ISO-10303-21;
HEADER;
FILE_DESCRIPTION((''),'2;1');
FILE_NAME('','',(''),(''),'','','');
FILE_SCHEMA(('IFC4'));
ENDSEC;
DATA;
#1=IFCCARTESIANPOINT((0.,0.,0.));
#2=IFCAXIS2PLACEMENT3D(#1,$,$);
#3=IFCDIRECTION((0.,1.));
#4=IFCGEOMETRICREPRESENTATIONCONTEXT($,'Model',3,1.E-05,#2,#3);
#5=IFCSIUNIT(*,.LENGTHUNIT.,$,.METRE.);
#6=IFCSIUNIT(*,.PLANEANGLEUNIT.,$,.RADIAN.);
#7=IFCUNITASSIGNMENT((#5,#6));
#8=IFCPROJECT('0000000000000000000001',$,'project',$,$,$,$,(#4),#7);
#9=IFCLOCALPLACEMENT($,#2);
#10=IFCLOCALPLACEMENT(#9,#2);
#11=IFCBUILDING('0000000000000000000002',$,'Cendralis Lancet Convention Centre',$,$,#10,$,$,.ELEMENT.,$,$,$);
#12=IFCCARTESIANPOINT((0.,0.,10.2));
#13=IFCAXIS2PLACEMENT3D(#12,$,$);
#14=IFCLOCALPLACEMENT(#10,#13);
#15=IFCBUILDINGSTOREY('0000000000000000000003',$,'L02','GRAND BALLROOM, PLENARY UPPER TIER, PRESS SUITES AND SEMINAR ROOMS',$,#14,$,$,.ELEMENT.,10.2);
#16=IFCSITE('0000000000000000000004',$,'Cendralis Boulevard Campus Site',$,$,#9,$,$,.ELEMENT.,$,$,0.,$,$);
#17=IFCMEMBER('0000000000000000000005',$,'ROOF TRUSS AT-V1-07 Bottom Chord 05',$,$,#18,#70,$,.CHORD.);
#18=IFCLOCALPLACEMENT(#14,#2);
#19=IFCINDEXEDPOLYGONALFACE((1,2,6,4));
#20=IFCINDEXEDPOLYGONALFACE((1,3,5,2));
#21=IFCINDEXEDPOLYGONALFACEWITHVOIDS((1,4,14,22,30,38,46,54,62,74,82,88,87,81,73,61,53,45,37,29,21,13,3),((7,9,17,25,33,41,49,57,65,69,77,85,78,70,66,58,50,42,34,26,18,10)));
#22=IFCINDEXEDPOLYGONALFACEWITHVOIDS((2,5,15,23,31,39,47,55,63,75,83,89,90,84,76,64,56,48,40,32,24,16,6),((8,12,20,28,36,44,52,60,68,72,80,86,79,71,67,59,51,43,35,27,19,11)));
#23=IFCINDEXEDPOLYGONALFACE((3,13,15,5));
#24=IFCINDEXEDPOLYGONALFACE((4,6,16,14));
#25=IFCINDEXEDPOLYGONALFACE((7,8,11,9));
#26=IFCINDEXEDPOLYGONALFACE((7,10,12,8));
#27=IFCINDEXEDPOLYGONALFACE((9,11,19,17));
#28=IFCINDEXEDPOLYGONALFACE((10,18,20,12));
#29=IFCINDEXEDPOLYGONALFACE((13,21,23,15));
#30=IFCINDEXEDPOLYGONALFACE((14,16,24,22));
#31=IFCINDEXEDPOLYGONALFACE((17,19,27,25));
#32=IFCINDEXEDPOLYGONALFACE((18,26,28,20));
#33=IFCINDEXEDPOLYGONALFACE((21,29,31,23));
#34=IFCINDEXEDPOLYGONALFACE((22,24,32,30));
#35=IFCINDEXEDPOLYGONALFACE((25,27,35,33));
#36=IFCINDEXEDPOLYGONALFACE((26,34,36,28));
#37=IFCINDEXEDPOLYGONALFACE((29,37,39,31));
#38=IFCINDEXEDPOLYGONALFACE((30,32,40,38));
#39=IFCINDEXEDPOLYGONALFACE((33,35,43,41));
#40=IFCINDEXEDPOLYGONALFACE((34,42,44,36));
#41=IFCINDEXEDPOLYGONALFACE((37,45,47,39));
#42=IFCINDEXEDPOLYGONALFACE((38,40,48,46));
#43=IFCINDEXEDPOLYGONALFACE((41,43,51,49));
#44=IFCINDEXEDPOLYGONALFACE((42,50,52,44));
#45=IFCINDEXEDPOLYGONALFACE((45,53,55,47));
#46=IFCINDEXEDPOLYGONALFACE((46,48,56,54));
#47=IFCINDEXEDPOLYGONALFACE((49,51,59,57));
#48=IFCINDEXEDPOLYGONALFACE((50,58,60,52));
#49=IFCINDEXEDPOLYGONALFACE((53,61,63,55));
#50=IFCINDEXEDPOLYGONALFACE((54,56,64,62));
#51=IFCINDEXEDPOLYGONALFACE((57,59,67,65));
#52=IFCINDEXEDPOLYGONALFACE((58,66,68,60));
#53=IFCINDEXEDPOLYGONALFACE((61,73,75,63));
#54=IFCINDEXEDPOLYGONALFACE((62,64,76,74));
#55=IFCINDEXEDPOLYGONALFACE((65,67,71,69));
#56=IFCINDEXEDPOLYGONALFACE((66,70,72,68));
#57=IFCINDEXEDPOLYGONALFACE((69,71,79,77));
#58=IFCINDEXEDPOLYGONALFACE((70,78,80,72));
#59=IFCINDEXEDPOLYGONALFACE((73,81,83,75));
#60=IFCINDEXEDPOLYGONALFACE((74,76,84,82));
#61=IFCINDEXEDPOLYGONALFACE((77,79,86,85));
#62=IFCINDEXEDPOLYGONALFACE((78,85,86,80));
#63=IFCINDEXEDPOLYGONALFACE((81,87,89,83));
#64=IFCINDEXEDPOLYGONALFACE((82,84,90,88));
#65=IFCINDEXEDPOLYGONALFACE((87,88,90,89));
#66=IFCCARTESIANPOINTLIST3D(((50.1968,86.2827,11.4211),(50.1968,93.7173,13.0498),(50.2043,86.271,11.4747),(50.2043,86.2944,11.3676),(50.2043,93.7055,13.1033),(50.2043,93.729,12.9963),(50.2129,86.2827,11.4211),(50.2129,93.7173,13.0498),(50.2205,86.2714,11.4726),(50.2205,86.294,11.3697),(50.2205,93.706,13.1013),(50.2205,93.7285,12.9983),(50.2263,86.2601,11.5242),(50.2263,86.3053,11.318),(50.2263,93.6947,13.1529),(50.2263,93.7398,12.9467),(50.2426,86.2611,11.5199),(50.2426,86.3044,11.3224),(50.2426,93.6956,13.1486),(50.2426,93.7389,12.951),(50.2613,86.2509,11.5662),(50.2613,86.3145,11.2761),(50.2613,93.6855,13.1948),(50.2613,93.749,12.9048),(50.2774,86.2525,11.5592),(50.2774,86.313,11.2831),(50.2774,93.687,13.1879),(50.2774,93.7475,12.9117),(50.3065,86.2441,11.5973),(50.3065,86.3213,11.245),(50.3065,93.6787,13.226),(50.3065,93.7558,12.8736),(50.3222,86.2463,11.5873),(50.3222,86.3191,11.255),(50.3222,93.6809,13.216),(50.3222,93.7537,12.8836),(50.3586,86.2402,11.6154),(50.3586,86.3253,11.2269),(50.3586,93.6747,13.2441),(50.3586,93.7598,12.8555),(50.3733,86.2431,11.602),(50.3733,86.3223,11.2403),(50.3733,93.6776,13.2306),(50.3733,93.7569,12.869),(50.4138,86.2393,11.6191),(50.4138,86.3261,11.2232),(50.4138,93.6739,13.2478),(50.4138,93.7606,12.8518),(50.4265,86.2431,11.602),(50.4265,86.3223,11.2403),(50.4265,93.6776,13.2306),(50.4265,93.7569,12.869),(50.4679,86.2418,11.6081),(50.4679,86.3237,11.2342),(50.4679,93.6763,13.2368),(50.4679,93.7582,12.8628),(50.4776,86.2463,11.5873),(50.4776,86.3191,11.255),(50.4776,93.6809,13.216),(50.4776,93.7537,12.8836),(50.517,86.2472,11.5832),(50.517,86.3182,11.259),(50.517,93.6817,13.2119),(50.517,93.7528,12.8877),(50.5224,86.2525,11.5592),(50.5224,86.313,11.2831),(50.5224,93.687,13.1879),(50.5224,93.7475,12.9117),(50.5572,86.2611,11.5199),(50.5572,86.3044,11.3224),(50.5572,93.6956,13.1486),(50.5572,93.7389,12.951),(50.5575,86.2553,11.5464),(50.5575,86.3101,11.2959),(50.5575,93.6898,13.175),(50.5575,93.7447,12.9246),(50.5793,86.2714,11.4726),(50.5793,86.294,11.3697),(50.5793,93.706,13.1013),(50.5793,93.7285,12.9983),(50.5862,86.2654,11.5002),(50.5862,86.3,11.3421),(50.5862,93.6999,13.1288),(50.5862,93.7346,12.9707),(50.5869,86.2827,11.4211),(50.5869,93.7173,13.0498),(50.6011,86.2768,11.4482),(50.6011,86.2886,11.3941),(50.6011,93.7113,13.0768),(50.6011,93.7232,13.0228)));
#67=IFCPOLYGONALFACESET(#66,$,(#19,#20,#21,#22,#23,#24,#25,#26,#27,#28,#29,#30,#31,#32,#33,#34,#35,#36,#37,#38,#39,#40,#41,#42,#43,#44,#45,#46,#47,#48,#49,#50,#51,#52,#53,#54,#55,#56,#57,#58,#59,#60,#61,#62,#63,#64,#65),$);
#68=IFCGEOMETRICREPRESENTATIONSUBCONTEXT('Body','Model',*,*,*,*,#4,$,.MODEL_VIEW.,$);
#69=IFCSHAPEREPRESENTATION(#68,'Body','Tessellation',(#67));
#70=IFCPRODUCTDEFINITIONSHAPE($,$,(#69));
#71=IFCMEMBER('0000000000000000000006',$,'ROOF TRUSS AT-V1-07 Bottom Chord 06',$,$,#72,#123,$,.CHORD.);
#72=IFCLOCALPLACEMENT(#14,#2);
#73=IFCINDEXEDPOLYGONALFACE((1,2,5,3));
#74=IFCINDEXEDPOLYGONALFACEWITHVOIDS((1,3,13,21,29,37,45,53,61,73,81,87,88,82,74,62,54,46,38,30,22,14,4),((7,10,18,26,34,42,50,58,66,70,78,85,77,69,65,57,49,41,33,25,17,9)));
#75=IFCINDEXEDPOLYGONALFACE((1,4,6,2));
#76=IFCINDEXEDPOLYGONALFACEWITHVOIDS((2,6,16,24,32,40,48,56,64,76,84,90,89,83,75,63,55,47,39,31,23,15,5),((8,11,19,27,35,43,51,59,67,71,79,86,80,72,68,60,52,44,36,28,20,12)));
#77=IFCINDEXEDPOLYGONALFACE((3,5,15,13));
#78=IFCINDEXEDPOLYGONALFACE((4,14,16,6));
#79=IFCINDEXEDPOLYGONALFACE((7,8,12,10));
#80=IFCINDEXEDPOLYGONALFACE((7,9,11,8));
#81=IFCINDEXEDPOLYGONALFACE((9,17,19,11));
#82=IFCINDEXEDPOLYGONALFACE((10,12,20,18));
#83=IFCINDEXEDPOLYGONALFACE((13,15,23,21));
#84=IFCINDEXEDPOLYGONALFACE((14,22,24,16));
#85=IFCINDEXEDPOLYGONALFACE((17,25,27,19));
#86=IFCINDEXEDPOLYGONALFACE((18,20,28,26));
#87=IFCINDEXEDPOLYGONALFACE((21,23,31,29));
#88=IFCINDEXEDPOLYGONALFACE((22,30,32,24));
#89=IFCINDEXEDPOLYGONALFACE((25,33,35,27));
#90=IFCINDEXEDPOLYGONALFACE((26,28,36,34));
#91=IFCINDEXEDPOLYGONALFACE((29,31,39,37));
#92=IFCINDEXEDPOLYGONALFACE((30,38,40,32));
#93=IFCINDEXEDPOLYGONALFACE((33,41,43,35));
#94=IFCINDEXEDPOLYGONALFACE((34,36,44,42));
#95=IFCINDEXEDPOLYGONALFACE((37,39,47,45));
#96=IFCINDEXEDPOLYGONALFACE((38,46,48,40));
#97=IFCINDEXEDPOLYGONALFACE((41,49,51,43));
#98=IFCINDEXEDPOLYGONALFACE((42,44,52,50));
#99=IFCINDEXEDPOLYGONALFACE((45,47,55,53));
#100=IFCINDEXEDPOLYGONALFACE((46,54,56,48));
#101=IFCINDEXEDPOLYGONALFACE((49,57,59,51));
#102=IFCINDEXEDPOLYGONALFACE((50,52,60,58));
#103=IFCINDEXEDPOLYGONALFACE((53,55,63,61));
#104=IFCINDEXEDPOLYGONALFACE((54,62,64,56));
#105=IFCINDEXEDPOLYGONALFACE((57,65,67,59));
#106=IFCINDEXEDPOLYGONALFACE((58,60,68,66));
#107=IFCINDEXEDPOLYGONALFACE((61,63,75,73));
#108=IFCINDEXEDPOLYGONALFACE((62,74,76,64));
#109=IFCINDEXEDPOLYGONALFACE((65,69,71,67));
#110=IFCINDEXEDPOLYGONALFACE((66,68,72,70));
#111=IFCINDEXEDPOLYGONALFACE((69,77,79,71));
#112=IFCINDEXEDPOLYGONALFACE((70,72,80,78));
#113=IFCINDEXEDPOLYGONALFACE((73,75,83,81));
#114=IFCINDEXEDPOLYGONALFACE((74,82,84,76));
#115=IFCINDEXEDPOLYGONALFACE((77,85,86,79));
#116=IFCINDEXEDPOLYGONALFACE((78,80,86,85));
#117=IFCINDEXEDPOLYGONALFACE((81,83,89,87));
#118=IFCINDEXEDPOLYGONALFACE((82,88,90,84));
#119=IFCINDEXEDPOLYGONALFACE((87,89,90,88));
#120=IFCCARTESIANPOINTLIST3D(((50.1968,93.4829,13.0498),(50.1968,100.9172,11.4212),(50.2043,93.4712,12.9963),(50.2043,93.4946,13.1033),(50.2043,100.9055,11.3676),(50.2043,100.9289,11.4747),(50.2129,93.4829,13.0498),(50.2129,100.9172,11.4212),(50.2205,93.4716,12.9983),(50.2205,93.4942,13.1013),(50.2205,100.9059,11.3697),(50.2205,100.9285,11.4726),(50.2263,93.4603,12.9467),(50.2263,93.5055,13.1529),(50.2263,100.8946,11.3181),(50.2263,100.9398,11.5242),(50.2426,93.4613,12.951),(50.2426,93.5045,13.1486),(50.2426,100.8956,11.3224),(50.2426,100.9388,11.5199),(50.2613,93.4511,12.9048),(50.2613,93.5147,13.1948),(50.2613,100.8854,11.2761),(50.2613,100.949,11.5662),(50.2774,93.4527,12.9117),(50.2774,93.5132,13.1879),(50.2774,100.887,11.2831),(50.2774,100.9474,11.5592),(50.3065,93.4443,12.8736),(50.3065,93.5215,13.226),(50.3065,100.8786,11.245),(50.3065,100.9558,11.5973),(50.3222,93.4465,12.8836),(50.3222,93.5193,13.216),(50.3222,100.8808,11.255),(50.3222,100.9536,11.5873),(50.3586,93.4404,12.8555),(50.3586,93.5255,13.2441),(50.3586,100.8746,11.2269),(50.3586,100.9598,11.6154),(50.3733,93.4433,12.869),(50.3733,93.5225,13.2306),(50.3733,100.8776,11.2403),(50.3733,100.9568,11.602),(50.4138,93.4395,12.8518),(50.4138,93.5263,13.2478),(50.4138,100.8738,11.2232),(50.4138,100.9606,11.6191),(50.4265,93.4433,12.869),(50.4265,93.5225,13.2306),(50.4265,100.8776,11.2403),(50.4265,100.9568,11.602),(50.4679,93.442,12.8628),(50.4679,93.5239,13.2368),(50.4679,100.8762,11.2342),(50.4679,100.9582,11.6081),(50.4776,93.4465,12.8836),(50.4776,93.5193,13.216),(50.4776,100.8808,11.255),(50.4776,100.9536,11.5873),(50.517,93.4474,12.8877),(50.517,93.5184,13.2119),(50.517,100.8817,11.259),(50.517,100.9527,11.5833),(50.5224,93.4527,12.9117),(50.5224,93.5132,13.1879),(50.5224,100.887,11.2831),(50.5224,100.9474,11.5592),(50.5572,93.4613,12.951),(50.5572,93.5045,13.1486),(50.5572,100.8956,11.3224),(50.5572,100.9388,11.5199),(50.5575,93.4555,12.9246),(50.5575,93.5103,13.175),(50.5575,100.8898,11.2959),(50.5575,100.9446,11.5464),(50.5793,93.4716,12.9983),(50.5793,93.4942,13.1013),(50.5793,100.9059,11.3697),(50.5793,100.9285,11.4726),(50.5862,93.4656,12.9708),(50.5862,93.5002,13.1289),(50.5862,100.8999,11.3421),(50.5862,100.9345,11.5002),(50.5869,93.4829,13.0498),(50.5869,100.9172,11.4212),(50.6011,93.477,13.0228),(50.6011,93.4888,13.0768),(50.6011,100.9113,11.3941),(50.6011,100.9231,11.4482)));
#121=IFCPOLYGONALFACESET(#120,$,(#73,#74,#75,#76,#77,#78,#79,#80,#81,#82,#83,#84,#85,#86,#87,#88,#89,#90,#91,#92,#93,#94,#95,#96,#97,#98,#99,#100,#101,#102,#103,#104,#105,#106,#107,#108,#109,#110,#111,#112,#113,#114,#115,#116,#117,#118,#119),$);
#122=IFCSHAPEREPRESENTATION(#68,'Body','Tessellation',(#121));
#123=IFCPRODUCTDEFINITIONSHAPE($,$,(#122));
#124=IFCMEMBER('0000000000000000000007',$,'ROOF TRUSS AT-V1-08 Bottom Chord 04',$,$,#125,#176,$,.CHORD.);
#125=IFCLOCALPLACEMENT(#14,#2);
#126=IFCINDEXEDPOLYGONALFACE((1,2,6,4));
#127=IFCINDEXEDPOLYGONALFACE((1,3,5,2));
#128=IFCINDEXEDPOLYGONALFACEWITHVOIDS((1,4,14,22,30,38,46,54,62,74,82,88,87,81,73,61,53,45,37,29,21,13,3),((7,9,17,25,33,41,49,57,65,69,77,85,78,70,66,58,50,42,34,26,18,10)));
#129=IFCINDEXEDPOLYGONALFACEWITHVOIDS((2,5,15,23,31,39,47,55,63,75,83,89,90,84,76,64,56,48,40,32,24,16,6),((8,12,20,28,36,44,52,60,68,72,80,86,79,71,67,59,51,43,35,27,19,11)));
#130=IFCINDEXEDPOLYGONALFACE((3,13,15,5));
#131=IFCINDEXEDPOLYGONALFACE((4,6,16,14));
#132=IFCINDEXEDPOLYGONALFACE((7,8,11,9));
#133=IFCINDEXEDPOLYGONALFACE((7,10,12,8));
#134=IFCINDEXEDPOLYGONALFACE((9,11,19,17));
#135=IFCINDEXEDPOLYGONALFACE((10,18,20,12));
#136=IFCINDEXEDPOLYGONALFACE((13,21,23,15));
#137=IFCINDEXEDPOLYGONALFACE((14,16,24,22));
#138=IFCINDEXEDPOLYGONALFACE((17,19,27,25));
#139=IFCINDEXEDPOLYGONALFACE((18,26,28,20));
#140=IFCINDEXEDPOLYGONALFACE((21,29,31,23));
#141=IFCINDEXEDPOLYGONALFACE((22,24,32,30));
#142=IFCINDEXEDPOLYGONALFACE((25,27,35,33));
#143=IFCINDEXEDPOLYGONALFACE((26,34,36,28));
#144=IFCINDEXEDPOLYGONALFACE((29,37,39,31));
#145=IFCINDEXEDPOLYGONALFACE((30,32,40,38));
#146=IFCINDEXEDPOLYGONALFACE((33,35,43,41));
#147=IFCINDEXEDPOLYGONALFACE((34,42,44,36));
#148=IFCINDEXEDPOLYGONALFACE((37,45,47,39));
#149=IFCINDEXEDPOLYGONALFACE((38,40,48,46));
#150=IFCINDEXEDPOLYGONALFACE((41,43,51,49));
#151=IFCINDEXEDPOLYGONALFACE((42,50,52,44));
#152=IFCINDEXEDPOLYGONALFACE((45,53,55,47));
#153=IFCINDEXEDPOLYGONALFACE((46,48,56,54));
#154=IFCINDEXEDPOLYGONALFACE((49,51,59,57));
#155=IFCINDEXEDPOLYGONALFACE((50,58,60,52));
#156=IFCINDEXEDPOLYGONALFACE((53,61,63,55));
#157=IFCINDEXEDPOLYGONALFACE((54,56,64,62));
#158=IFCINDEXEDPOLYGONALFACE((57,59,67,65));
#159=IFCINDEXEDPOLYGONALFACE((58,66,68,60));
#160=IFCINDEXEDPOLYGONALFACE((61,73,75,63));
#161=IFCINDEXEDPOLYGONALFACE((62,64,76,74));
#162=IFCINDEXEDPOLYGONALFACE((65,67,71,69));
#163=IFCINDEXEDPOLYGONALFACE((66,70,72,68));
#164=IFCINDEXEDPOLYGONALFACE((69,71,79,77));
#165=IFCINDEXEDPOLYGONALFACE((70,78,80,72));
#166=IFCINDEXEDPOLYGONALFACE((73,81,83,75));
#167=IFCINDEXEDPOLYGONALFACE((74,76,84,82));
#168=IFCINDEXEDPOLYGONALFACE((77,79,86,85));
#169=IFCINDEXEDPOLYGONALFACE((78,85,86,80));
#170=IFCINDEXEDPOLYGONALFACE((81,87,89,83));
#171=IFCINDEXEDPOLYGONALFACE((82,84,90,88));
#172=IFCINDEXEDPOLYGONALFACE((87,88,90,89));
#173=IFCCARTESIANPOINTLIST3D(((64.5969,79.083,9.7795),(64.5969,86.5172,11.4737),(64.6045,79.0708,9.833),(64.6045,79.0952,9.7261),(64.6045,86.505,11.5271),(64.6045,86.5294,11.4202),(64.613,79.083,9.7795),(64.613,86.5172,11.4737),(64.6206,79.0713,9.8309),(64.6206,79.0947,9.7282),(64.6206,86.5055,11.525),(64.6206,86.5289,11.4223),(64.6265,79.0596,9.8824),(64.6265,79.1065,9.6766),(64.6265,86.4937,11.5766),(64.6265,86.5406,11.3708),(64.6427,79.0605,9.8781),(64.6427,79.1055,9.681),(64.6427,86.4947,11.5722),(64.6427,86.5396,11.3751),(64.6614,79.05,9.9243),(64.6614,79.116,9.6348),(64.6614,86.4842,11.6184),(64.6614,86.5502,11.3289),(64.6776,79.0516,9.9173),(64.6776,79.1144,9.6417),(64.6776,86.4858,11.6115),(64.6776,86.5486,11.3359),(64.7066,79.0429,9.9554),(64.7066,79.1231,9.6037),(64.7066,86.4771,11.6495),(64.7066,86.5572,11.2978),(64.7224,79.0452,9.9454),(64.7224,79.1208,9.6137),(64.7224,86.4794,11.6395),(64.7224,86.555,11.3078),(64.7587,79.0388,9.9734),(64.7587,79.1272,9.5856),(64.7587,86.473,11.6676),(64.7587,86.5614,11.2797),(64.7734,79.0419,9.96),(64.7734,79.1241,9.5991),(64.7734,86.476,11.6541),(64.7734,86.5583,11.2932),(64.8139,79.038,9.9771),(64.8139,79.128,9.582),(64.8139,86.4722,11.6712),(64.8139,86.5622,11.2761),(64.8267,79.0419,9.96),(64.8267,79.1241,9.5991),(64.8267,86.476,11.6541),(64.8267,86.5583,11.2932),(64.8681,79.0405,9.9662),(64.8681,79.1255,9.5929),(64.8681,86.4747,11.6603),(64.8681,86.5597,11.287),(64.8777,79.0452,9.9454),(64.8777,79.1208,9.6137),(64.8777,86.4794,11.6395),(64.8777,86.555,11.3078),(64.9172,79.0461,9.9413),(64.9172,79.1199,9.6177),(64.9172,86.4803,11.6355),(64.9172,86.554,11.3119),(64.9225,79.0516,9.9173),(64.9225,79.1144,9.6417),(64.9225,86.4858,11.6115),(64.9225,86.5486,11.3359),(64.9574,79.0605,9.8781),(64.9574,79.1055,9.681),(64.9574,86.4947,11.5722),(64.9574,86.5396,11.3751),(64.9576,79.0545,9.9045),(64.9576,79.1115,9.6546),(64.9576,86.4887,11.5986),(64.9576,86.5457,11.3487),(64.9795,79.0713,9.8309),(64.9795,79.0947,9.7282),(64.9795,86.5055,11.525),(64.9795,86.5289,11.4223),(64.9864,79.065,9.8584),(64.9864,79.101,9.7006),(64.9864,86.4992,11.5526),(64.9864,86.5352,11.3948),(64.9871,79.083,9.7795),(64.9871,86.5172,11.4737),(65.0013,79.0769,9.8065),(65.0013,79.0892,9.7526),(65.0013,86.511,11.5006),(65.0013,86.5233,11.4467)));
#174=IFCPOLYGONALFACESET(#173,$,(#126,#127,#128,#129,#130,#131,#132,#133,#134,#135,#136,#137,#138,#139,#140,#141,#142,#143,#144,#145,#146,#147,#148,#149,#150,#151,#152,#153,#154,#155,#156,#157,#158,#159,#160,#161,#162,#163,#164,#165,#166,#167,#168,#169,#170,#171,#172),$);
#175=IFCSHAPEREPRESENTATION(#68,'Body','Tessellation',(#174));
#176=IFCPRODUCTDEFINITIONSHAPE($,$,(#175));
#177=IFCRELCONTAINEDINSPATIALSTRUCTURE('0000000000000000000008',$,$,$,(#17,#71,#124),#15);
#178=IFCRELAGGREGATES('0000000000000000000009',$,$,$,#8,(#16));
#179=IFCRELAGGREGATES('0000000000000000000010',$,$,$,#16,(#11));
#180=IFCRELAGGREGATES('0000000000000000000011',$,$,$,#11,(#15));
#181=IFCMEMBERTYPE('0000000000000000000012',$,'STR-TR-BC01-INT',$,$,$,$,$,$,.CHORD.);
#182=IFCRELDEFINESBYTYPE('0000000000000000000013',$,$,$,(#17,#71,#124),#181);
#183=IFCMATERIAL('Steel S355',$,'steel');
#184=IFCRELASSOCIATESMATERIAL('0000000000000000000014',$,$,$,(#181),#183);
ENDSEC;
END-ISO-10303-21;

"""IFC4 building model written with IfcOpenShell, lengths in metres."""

from ifc_helpers import new_model, si_unit, direction, frame, origin, origin_2d, place, context, subcontext, project, spatial, hollow_circle, extrude, material, material_profile, profile_set, type_object, element, save


model = new_model("IFC4")

# Units and contexts
model_context = context("Model", 3, precision=1e-05, world=origin(), true_north=direction((0.0, 1.0)))
body_context = subcontext(model_context, "Body", "Model", "MODEL_VIEW")
ifc_project = project(units=[si_unit("LENGTHUNIT", "METRE"), si_unit("PLANEANGLEUNIT", "RADIAN")], contexts=[model_context])

# Site, building, storey
site_placement = place(None, origin())
site = spatial("IfcSite", under=ifc_project, at=site_placement, Name="Cendralis Boulevard Campus Site", CompositionType="ELEMENT", RefElevation=0.0)
building_placement = place(site_placement, origin())
building = spatial("IfcBuilding", under=site, at=building_placement, Name="Cendralis Lancet Convention Centre", CompositionType="ELEMENT")
storey_placement = place(building_placement, frame((0.0, 0.0, 10.2)))
storey = spatial("IfcBuildingStorey", under=building, at=storey_placement, Name="L02", Description="GRAND BALLROOM, PLENARY UPPER TIER, PRESS SUITES AND SEMINAR ROOMS", CompositionType="ELEMENT", Elevation=10.2)

# Members
ifc_material = material(Name="Steel S355", Category="steel")
ifc_material_profile_1 = material_profile(ifc_material, hollow_circle(Radius=0.2031, WallThickness=0.0161, at=origin_2d()), Name="CHS 406.4x16.0")
ifc_profile_set_1 = profile_set([ifc_material_profile_1], Name="Steel S355")
member_type_1 = type_object("IfcMemberType", Name="STR-TR-BC01-INT", PredefinedType="CHORD", material=ifc_profile_set_1)
member_1_placement = place(storey_placement, frame((50.3999, 86.2827, 11.4211), z_axis=(0.0, 0.976836, 0.213992), x_axis=(-1.0, 0.0, 0.0)))
element("IfcMember", 1, at=member_1_placement, inside=storey, type_object=member_type_1, Name="ROOF TRUSS AT-V1-07 Bottom Chord 05", PredefinedType="CHORD", context=body_context, shape_type="SweptSolid", body=[
    extrude(hollow_circle(Radius=0.2031, WallThickness=0.0161, at=origin_2d()), origin(), (0.0, 0.0, 1.0), 7.6108),
])
member_2_placement = place(storey_placement, frame((50.3999, 93.4829, 13.0498), z_axis=(0.0, 0.976834, -0.213998), x_axis=(-1.0, 0.0, 0.0)))
element("IfcMember", 2, at=member_2_placement, inside=storey, type_object=member_type_1, Name="ROOF TRUSS AT-V1-07 Bottom Chord 06", PredefinedType="CHORD", context=body_context, shape_type="SweptSolid", body=[
    extrude(hollow_circle(Radius=0.2031, WallThickness=0.0161, at=origin_2d()), origin(), (0.0, 0.0, 1.0), 7.6106),
])
member_3_placement = place(storey_placement, frame((64.8, 79.083, 9.7795), z_axis=(0.0, 0.975004, 0.222186), x_axis=(-1.0, 0.0, 0.0)))
element("IfcMember", 3, at=member_3_placement, inside=storey, type_object=member_type_1, Name="ROOF TRUSS AT-V1-08 Bottom Chord 04", PredefinedType="CHORD", context=body_context, shape_type="SweptSolid", body=[
    extrude(hollow_circle(Radius=0.2031, WallThickness=0.0161, at=origin_2d()), origin(), (0.0, 0.0, 1.0), 7.6248),
])

save(model, "model.ifc")
